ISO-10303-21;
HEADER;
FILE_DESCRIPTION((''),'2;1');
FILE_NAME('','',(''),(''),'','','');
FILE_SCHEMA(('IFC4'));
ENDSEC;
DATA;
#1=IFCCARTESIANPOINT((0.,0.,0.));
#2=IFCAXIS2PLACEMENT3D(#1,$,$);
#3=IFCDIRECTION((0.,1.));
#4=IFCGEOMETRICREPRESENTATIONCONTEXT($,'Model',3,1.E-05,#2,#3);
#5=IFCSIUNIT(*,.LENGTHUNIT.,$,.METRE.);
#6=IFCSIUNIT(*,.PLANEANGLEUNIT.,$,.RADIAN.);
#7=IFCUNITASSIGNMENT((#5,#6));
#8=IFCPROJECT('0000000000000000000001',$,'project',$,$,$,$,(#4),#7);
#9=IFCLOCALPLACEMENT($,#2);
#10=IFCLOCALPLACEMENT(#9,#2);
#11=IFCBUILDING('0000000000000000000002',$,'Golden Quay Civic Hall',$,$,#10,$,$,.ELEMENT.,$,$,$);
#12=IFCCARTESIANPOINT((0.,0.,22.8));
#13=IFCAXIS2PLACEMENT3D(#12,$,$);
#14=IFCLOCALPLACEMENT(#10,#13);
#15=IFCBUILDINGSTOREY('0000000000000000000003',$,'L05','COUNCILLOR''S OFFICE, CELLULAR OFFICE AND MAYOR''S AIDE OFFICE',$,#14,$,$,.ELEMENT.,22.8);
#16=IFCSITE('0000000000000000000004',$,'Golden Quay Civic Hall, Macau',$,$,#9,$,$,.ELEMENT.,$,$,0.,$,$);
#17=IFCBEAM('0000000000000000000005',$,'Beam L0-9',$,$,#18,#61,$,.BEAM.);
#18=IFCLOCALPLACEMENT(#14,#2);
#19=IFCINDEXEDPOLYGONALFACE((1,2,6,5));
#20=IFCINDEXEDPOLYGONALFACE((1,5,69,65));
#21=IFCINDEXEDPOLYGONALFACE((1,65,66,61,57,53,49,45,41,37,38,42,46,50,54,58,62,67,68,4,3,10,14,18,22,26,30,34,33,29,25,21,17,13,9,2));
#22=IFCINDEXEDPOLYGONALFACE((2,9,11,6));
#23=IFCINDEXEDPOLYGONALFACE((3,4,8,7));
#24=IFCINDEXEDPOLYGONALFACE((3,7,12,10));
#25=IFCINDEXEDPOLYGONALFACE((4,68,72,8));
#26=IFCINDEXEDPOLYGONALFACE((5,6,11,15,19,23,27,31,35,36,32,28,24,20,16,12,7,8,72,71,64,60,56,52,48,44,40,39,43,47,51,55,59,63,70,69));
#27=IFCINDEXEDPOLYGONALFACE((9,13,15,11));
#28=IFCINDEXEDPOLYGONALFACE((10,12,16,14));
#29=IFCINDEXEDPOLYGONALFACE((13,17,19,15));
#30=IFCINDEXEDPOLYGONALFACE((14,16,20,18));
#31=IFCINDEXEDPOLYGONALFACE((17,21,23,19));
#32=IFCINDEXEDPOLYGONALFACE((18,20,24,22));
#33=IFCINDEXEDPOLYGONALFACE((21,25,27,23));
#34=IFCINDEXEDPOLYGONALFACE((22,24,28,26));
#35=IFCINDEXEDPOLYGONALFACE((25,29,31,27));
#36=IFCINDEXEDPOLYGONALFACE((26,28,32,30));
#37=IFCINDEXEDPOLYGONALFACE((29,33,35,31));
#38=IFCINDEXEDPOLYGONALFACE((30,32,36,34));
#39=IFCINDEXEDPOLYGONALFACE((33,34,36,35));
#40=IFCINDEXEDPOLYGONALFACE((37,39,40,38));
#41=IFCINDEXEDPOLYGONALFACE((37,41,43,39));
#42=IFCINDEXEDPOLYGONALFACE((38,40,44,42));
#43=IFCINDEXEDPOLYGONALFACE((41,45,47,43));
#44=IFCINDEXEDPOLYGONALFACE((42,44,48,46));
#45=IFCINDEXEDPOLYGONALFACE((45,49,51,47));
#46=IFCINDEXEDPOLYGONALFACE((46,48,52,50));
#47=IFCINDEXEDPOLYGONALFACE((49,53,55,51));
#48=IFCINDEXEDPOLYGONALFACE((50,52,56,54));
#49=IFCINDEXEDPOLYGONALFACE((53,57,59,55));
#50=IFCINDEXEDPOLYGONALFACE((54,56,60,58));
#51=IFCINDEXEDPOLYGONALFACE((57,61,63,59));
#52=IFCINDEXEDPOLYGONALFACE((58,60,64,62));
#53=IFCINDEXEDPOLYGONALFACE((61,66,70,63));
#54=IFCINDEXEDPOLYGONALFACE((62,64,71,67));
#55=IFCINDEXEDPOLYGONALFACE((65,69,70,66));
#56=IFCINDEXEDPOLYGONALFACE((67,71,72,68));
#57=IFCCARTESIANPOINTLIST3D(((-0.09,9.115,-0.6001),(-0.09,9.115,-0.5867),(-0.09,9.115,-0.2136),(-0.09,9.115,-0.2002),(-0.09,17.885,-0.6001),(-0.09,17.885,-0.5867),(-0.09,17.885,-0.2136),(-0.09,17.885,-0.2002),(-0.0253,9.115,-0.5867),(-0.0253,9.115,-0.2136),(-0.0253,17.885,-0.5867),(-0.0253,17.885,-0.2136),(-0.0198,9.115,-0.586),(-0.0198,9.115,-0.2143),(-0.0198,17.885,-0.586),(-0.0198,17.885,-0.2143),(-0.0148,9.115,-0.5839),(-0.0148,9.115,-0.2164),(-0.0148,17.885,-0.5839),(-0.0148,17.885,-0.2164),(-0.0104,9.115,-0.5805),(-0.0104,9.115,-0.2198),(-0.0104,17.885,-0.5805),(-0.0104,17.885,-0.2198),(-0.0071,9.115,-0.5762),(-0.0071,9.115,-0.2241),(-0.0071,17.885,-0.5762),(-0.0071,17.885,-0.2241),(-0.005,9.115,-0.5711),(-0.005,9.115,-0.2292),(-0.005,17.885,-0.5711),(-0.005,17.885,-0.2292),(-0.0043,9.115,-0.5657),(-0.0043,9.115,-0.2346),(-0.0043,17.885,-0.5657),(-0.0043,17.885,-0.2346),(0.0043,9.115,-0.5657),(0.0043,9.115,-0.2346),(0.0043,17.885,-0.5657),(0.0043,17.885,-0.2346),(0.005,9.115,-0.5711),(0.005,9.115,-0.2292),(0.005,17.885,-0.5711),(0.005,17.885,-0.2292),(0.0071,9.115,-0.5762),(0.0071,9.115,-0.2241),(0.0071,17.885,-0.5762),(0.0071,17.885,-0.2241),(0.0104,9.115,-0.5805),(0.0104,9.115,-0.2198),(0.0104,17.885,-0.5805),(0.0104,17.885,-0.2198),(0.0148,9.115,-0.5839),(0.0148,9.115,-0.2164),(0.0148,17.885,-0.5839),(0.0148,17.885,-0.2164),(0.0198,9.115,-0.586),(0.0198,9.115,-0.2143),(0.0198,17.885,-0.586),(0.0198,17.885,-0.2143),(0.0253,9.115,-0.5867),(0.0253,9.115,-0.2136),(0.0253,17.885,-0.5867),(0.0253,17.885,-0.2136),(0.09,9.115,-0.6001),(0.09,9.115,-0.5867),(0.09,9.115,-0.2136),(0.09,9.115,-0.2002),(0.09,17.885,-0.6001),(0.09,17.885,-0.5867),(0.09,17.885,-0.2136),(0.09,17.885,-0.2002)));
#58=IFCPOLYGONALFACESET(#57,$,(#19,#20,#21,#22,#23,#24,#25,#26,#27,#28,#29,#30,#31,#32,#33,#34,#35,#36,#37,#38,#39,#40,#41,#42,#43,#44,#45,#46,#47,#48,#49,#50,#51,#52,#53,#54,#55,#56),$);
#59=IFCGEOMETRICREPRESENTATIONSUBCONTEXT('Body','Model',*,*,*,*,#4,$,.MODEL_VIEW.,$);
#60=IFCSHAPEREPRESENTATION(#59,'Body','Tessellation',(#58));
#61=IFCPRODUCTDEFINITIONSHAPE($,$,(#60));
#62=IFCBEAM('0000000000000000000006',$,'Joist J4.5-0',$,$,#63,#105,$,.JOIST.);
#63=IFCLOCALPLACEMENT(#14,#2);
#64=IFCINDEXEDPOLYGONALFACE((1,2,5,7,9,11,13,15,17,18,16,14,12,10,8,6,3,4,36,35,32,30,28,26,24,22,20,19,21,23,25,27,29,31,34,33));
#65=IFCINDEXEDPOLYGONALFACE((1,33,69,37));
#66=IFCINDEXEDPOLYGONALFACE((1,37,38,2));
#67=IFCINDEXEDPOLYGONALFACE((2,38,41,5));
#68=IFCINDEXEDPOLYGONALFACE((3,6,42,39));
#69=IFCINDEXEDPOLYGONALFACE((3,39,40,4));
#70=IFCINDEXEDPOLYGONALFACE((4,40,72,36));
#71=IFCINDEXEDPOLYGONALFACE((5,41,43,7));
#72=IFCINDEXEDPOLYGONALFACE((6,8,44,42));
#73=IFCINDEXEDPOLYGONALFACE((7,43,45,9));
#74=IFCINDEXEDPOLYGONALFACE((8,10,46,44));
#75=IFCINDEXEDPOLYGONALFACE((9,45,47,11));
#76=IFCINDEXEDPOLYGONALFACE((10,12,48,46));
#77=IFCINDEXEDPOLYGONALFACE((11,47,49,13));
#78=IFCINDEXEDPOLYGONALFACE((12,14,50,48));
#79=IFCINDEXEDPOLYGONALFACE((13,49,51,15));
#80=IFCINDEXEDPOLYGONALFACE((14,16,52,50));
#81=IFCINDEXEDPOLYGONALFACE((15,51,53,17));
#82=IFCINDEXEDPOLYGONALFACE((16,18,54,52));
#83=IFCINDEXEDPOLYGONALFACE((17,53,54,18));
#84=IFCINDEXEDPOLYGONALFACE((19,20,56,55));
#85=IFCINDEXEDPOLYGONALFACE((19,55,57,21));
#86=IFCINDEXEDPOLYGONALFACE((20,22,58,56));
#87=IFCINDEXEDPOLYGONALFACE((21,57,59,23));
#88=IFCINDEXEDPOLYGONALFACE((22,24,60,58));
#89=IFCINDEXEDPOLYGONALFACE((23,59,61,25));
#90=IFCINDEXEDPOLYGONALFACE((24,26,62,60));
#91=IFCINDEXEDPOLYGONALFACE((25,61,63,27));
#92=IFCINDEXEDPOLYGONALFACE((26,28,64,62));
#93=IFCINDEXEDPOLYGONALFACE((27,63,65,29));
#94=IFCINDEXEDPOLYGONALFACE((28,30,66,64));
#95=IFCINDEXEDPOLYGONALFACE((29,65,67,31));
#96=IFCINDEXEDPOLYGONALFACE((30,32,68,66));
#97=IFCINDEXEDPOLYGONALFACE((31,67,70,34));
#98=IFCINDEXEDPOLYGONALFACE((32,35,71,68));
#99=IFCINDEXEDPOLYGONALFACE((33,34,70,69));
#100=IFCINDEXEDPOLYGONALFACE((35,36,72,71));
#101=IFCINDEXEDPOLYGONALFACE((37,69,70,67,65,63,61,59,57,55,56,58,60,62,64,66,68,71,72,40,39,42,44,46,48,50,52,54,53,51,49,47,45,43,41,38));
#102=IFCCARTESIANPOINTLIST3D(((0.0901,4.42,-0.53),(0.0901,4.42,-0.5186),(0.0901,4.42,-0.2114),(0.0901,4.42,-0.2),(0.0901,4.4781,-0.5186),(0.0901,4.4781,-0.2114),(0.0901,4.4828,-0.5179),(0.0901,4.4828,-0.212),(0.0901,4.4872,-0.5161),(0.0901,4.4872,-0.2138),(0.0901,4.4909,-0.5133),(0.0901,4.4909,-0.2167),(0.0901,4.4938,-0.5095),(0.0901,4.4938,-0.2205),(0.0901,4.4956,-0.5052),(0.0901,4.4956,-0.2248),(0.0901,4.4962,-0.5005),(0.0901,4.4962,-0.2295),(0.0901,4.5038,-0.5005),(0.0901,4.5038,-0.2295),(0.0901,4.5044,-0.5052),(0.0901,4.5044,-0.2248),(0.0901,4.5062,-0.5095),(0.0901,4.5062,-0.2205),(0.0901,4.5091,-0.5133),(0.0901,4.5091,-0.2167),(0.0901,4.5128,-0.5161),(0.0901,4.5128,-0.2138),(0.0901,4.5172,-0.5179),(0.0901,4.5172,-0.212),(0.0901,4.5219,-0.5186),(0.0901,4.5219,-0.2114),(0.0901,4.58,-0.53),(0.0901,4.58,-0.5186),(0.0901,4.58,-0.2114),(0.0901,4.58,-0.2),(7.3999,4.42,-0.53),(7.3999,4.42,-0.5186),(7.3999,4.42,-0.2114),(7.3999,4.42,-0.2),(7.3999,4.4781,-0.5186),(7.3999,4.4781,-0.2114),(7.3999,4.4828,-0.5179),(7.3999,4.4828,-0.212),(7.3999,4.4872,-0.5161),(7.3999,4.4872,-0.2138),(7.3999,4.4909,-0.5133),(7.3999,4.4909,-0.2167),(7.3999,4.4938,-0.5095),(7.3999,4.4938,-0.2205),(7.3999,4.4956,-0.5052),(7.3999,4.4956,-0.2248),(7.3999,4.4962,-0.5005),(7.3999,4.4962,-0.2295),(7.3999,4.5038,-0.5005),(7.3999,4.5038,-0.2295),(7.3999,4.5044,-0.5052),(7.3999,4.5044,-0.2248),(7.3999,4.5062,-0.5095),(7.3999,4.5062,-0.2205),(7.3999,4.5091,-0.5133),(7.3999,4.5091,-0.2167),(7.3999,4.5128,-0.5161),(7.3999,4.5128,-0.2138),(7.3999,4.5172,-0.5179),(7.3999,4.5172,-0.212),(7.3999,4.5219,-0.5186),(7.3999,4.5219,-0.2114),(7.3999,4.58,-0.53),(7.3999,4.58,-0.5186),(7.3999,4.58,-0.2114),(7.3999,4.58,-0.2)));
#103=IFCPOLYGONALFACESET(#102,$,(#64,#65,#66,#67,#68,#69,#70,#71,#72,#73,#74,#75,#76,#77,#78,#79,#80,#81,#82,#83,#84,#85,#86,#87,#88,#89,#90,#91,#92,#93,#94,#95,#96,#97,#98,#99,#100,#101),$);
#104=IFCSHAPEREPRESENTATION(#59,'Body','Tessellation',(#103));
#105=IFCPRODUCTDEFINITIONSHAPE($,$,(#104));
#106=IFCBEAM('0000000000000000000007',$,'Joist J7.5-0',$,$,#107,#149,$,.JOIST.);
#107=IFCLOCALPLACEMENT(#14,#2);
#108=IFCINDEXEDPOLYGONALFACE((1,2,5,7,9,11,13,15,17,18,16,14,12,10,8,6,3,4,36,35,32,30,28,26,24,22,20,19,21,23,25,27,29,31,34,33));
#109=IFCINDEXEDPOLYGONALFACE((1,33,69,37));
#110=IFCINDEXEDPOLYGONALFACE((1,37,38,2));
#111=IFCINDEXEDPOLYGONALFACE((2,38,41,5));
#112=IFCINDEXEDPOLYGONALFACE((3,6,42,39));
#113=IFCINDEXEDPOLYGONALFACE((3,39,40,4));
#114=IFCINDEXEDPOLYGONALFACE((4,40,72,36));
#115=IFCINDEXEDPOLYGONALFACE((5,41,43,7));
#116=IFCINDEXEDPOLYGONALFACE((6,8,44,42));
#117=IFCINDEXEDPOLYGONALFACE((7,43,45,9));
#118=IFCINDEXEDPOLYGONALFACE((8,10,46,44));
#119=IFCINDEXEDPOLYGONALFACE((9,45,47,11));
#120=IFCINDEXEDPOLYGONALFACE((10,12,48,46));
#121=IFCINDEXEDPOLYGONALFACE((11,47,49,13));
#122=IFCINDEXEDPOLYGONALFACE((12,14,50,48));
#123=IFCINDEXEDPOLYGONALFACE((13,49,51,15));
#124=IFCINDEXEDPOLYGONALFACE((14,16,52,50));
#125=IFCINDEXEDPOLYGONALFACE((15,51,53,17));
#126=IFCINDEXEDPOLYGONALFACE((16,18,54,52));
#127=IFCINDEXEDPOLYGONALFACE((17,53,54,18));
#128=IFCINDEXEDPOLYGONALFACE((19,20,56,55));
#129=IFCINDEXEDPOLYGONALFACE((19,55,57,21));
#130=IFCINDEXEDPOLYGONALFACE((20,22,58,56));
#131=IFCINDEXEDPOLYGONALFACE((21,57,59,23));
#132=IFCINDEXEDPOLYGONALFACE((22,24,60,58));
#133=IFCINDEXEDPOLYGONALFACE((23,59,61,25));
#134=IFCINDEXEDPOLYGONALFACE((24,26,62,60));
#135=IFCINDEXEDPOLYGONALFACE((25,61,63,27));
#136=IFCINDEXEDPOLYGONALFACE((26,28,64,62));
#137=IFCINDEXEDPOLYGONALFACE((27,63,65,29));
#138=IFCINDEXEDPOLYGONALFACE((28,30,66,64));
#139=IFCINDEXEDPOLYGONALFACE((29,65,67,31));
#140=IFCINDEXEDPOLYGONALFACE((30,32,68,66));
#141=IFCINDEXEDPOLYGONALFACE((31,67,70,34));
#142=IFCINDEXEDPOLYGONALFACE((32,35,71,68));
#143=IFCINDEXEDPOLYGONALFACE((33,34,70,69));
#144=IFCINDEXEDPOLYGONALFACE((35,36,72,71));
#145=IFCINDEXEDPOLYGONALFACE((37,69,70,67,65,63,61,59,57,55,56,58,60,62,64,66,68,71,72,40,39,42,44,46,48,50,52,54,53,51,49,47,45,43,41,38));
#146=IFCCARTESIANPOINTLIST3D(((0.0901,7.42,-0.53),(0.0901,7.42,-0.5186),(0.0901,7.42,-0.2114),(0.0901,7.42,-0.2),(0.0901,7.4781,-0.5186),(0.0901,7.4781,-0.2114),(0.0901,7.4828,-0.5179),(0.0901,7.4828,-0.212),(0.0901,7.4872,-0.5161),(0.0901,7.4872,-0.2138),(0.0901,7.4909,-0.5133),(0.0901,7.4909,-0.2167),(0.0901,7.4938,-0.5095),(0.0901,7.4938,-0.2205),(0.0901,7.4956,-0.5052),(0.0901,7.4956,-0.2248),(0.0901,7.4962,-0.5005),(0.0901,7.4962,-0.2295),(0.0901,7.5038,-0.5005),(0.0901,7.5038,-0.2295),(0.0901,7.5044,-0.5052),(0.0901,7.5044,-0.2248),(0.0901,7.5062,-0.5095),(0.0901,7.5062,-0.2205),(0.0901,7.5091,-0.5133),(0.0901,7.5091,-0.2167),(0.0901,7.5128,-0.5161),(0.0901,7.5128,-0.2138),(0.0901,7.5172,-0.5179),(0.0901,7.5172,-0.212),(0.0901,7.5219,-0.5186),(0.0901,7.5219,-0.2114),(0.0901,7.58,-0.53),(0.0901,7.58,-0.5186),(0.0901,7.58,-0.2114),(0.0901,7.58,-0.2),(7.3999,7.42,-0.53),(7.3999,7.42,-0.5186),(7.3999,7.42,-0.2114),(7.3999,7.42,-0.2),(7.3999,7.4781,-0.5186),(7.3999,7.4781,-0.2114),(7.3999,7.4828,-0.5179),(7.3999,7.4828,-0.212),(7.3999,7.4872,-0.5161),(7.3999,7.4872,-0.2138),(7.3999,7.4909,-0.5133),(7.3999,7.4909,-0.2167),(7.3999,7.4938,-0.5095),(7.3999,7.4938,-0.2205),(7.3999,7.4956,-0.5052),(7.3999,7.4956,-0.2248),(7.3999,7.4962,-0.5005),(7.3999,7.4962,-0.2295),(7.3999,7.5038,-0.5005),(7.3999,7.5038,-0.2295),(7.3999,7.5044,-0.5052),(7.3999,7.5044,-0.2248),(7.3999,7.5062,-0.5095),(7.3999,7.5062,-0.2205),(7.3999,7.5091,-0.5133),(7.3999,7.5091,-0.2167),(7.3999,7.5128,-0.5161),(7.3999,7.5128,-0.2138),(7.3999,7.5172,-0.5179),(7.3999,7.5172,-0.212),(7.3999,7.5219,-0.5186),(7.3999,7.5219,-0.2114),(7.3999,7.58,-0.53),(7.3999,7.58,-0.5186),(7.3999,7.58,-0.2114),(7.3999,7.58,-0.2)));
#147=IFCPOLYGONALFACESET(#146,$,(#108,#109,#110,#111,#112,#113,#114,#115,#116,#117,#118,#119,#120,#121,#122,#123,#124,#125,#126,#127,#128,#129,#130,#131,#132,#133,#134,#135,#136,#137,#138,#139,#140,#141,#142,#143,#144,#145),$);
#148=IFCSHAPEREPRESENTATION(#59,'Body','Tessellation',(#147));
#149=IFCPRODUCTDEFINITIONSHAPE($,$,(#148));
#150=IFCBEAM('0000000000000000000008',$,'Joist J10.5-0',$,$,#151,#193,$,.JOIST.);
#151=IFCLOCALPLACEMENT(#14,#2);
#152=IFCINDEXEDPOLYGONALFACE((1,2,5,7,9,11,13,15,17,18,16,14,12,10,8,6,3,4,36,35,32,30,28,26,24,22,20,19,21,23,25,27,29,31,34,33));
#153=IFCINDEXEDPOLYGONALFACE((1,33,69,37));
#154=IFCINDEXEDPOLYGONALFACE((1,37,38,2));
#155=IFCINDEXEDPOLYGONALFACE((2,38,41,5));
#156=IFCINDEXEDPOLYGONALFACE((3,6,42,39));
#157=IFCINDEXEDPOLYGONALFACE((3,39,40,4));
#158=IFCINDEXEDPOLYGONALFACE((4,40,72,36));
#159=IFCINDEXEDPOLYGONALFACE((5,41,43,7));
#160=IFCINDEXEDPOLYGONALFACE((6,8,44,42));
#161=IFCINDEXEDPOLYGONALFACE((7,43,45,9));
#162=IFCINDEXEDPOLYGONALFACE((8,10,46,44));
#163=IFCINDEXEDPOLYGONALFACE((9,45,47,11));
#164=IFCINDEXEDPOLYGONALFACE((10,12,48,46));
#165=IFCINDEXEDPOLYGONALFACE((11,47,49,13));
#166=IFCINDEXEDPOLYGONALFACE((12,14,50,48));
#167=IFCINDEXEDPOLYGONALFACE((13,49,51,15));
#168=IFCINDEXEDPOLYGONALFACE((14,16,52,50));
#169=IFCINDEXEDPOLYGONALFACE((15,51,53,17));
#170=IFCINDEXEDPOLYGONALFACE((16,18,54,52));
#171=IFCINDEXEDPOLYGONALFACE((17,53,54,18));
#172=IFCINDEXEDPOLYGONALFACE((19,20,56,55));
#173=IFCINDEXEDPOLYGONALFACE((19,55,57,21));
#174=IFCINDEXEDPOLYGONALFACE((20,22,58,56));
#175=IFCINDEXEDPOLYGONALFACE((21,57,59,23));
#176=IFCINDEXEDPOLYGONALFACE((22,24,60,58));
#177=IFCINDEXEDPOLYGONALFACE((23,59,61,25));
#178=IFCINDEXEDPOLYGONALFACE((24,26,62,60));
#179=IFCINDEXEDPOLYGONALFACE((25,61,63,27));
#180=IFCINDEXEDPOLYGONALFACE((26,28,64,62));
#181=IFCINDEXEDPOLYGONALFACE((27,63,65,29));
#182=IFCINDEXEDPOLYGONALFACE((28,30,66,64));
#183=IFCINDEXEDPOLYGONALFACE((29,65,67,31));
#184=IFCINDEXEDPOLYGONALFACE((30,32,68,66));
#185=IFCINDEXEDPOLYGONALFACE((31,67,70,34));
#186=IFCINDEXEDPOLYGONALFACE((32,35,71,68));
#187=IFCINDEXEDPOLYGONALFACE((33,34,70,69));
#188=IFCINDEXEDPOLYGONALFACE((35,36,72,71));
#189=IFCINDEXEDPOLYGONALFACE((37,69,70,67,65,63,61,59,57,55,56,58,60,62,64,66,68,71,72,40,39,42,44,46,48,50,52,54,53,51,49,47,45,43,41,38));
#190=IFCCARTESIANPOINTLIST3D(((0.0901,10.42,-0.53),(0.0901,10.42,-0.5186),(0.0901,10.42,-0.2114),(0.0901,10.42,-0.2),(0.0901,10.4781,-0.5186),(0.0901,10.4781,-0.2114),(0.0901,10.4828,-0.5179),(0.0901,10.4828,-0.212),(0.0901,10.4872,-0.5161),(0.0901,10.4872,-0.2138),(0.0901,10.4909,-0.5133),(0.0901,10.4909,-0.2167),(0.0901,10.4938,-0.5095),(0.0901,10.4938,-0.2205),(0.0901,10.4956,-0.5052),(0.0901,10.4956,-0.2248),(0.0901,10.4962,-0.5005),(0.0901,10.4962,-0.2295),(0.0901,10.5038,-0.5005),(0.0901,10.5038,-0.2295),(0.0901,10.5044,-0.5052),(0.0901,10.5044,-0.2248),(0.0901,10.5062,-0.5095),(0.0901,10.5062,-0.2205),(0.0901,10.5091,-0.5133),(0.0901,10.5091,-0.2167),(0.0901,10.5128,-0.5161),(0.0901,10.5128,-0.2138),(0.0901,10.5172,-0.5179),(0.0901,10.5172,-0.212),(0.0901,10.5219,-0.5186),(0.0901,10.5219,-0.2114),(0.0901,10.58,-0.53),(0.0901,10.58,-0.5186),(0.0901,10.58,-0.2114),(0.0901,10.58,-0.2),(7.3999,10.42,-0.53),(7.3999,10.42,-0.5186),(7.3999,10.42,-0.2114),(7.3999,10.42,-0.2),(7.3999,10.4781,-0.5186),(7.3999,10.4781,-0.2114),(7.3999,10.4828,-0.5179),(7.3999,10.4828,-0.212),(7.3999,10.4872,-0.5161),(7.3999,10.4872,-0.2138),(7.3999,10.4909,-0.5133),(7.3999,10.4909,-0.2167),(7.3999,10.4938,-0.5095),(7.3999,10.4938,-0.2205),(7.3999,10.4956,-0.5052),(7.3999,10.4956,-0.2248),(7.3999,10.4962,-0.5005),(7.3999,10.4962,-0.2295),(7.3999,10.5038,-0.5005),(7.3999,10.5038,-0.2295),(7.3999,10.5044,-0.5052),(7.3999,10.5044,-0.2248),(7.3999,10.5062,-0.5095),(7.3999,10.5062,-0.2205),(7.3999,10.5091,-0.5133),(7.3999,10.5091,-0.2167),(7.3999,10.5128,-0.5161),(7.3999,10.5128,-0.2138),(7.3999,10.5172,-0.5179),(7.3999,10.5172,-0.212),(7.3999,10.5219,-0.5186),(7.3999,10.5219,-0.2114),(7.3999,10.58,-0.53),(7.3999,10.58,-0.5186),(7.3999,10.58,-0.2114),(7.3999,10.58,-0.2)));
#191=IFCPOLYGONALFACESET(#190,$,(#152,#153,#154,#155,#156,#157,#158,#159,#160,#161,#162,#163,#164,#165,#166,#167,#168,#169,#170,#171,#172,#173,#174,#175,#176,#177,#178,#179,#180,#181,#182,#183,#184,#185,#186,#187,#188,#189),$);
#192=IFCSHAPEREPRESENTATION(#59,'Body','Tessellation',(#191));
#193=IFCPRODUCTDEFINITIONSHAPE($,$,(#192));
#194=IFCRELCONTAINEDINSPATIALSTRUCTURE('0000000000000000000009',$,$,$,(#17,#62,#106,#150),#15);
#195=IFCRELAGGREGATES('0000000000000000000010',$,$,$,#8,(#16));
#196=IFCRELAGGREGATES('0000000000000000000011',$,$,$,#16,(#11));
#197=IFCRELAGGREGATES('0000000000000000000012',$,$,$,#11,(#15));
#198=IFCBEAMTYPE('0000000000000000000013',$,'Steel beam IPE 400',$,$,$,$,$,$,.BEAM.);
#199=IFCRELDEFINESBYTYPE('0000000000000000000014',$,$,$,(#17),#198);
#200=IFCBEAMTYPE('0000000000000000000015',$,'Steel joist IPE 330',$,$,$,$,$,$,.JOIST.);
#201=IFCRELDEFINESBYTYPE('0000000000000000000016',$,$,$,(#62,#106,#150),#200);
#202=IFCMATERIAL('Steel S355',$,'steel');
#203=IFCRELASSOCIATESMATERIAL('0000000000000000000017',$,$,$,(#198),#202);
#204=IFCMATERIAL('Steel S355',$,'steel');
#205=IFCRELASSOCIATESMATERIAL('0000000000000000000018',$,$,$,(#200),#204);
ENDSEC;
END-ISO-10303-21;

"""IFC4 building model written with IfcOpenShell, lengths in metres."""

from ifc_helpers import new_model, si_unit, direction, frame, origin, origin_2d, place, context, subcontext, project, spatial, i_section, extrude, material, material_profile, profile_set, type_object, element, save


model = new_model("IFC4")

# Units and contexts
model_context = context("Model", 3, precision=1e-05, world=origin(), true_north=direction((0.0, 1.0)))
body_context = subcontext(model_context, "Body", "Model", "MODEL_VIEW")
ifc_project = project(units=[si_unit("LENGTHUNIT", "METRE"), si_unit("PLANEANGLEUNIT", "RADIAN")], contexts=[model_context])

# Site, building, storey
site_placement = place(None, origin())
site = spatial("IfcSite", under=ifc_project, at=site_placement, Name="Golden Quay Civic Hall, Macau", CompositionType="ELEMENT", RefElevation=0.0)
building_placement = place(site_placement, origin())
building = spatial("IfcBuilding", under=site, at=building_placement, Name="Golden Quay Civic Hall", CompositionType="ELEMENT")
storey_placement = place(building_placement, frame((0.0, 0.0, 22.8)))
storey = spatial("IfcBuildingStorey", under=building, at=storey_placement, Name="L05", Description="COUNCILLOR'S OFFICE, CELLULAR OFFICE AND MAYOR'S AIDE OFFICE", CompositionType="ELEMENT", Elevation=22.8)

# Beams
ifc_material_1 = material(Name="Steel S355", Category="steel")
ifc_material_profile_1 = material_profile(ifc_material_1, i_section(OverallWidth=0.1799, OverallDepth=0.3999, WebThickness=0.0085, FlangeThickness=0.0134, FilletRadius=0.021, at=origin_2d()), Name="IPE 400")
ifc_profile_set_1 = profile_set([ifc_material_profile_1], Name="Steel S355")
beam_type_1 = type_object("IfcBeamType", Name="Steel beam IPE 400", PredefinedType="BEAM", material=ifc_profile_set_1)
beam_1_placement = place(storey_placement, frame((0.0, 9.115, -0.4001), z_axis=(0.0, 1.0, 0.0), x_axis=(-1.0, 0.0, 0.0)))
element("IfcBeam", 1, at=beam_1_placement, inside=storey, type_object=beam_type_1, Name="Beam L0-9", PredefinedType="BEAM", context=body_context, shape_type="SweptSolid", body=[
    extrude(i_section(OverallWidth=0.1799, OverallDepth=0.3999, WebThickness=0.0085, FlangeThickness=0.0134, FilletRadius=0.021, at=origin_2d()), origin(), (0.0, 0.0, 1.0), 8.77),
])
ifc_material_2 = material(Name="Steel S355", Category="steel")
ifc_material_profile_2 = material_profile(ifc_material_2, i_section(OverallWidth=0.1599, OverallDepth=0.3301, WebThickness=0.0076, FlangeThickness=0.0115, FilletRadius=0.0181, at=origin_2d()), Name="IPE 330")
ifc_profile_set_2 = profile_set([ifc_material_profile_2], Name="Steel S355")
beam_type_2 = type_object("IfcBeamType", Name="Steel joist IPE 330", PredefinedType="JOIST", material=ifc_profile_set_2)
for number, where, z_axis, x_axis, name in (
    (2, (0.0901, 4.5, -0.365), (1.0, 0.0, 0.0), (0.0, 1.0, 0.0), "Joist J4.5-0"),
    (3, (0.0901, 7.5, -0.365), (1.0, 0.0, 0.0), (0.0, 1.0, 0.0), "Joist J7.5-0"),
    (4, (0.0901, 10.5, -0.365), (1.0, 0.0, 0.0), (0.0, 1.0, 0.0), "Joist J10.5-0"),
):
    element("IfcBeam", number, at=place(storey_placement, frame(where, z_axis=z_axis, x_axis=x_axis)), inside=storey, type_object=beam_type_2, Name=name, PredefinedType="JOIST", context=body_context, shape_type="SweptSolid", body=[
        extrude(i_section(OverallWidth=0.1599, OverallDepth=0.3301, WebThickness=0.0076, FlangeThickness=0.0115, FilletRadius=0.0181, at=origin_2d()), origin(), (0.0, 0.0, 1.0), 7.3098),
    ])

save(model, "model.ifc")
